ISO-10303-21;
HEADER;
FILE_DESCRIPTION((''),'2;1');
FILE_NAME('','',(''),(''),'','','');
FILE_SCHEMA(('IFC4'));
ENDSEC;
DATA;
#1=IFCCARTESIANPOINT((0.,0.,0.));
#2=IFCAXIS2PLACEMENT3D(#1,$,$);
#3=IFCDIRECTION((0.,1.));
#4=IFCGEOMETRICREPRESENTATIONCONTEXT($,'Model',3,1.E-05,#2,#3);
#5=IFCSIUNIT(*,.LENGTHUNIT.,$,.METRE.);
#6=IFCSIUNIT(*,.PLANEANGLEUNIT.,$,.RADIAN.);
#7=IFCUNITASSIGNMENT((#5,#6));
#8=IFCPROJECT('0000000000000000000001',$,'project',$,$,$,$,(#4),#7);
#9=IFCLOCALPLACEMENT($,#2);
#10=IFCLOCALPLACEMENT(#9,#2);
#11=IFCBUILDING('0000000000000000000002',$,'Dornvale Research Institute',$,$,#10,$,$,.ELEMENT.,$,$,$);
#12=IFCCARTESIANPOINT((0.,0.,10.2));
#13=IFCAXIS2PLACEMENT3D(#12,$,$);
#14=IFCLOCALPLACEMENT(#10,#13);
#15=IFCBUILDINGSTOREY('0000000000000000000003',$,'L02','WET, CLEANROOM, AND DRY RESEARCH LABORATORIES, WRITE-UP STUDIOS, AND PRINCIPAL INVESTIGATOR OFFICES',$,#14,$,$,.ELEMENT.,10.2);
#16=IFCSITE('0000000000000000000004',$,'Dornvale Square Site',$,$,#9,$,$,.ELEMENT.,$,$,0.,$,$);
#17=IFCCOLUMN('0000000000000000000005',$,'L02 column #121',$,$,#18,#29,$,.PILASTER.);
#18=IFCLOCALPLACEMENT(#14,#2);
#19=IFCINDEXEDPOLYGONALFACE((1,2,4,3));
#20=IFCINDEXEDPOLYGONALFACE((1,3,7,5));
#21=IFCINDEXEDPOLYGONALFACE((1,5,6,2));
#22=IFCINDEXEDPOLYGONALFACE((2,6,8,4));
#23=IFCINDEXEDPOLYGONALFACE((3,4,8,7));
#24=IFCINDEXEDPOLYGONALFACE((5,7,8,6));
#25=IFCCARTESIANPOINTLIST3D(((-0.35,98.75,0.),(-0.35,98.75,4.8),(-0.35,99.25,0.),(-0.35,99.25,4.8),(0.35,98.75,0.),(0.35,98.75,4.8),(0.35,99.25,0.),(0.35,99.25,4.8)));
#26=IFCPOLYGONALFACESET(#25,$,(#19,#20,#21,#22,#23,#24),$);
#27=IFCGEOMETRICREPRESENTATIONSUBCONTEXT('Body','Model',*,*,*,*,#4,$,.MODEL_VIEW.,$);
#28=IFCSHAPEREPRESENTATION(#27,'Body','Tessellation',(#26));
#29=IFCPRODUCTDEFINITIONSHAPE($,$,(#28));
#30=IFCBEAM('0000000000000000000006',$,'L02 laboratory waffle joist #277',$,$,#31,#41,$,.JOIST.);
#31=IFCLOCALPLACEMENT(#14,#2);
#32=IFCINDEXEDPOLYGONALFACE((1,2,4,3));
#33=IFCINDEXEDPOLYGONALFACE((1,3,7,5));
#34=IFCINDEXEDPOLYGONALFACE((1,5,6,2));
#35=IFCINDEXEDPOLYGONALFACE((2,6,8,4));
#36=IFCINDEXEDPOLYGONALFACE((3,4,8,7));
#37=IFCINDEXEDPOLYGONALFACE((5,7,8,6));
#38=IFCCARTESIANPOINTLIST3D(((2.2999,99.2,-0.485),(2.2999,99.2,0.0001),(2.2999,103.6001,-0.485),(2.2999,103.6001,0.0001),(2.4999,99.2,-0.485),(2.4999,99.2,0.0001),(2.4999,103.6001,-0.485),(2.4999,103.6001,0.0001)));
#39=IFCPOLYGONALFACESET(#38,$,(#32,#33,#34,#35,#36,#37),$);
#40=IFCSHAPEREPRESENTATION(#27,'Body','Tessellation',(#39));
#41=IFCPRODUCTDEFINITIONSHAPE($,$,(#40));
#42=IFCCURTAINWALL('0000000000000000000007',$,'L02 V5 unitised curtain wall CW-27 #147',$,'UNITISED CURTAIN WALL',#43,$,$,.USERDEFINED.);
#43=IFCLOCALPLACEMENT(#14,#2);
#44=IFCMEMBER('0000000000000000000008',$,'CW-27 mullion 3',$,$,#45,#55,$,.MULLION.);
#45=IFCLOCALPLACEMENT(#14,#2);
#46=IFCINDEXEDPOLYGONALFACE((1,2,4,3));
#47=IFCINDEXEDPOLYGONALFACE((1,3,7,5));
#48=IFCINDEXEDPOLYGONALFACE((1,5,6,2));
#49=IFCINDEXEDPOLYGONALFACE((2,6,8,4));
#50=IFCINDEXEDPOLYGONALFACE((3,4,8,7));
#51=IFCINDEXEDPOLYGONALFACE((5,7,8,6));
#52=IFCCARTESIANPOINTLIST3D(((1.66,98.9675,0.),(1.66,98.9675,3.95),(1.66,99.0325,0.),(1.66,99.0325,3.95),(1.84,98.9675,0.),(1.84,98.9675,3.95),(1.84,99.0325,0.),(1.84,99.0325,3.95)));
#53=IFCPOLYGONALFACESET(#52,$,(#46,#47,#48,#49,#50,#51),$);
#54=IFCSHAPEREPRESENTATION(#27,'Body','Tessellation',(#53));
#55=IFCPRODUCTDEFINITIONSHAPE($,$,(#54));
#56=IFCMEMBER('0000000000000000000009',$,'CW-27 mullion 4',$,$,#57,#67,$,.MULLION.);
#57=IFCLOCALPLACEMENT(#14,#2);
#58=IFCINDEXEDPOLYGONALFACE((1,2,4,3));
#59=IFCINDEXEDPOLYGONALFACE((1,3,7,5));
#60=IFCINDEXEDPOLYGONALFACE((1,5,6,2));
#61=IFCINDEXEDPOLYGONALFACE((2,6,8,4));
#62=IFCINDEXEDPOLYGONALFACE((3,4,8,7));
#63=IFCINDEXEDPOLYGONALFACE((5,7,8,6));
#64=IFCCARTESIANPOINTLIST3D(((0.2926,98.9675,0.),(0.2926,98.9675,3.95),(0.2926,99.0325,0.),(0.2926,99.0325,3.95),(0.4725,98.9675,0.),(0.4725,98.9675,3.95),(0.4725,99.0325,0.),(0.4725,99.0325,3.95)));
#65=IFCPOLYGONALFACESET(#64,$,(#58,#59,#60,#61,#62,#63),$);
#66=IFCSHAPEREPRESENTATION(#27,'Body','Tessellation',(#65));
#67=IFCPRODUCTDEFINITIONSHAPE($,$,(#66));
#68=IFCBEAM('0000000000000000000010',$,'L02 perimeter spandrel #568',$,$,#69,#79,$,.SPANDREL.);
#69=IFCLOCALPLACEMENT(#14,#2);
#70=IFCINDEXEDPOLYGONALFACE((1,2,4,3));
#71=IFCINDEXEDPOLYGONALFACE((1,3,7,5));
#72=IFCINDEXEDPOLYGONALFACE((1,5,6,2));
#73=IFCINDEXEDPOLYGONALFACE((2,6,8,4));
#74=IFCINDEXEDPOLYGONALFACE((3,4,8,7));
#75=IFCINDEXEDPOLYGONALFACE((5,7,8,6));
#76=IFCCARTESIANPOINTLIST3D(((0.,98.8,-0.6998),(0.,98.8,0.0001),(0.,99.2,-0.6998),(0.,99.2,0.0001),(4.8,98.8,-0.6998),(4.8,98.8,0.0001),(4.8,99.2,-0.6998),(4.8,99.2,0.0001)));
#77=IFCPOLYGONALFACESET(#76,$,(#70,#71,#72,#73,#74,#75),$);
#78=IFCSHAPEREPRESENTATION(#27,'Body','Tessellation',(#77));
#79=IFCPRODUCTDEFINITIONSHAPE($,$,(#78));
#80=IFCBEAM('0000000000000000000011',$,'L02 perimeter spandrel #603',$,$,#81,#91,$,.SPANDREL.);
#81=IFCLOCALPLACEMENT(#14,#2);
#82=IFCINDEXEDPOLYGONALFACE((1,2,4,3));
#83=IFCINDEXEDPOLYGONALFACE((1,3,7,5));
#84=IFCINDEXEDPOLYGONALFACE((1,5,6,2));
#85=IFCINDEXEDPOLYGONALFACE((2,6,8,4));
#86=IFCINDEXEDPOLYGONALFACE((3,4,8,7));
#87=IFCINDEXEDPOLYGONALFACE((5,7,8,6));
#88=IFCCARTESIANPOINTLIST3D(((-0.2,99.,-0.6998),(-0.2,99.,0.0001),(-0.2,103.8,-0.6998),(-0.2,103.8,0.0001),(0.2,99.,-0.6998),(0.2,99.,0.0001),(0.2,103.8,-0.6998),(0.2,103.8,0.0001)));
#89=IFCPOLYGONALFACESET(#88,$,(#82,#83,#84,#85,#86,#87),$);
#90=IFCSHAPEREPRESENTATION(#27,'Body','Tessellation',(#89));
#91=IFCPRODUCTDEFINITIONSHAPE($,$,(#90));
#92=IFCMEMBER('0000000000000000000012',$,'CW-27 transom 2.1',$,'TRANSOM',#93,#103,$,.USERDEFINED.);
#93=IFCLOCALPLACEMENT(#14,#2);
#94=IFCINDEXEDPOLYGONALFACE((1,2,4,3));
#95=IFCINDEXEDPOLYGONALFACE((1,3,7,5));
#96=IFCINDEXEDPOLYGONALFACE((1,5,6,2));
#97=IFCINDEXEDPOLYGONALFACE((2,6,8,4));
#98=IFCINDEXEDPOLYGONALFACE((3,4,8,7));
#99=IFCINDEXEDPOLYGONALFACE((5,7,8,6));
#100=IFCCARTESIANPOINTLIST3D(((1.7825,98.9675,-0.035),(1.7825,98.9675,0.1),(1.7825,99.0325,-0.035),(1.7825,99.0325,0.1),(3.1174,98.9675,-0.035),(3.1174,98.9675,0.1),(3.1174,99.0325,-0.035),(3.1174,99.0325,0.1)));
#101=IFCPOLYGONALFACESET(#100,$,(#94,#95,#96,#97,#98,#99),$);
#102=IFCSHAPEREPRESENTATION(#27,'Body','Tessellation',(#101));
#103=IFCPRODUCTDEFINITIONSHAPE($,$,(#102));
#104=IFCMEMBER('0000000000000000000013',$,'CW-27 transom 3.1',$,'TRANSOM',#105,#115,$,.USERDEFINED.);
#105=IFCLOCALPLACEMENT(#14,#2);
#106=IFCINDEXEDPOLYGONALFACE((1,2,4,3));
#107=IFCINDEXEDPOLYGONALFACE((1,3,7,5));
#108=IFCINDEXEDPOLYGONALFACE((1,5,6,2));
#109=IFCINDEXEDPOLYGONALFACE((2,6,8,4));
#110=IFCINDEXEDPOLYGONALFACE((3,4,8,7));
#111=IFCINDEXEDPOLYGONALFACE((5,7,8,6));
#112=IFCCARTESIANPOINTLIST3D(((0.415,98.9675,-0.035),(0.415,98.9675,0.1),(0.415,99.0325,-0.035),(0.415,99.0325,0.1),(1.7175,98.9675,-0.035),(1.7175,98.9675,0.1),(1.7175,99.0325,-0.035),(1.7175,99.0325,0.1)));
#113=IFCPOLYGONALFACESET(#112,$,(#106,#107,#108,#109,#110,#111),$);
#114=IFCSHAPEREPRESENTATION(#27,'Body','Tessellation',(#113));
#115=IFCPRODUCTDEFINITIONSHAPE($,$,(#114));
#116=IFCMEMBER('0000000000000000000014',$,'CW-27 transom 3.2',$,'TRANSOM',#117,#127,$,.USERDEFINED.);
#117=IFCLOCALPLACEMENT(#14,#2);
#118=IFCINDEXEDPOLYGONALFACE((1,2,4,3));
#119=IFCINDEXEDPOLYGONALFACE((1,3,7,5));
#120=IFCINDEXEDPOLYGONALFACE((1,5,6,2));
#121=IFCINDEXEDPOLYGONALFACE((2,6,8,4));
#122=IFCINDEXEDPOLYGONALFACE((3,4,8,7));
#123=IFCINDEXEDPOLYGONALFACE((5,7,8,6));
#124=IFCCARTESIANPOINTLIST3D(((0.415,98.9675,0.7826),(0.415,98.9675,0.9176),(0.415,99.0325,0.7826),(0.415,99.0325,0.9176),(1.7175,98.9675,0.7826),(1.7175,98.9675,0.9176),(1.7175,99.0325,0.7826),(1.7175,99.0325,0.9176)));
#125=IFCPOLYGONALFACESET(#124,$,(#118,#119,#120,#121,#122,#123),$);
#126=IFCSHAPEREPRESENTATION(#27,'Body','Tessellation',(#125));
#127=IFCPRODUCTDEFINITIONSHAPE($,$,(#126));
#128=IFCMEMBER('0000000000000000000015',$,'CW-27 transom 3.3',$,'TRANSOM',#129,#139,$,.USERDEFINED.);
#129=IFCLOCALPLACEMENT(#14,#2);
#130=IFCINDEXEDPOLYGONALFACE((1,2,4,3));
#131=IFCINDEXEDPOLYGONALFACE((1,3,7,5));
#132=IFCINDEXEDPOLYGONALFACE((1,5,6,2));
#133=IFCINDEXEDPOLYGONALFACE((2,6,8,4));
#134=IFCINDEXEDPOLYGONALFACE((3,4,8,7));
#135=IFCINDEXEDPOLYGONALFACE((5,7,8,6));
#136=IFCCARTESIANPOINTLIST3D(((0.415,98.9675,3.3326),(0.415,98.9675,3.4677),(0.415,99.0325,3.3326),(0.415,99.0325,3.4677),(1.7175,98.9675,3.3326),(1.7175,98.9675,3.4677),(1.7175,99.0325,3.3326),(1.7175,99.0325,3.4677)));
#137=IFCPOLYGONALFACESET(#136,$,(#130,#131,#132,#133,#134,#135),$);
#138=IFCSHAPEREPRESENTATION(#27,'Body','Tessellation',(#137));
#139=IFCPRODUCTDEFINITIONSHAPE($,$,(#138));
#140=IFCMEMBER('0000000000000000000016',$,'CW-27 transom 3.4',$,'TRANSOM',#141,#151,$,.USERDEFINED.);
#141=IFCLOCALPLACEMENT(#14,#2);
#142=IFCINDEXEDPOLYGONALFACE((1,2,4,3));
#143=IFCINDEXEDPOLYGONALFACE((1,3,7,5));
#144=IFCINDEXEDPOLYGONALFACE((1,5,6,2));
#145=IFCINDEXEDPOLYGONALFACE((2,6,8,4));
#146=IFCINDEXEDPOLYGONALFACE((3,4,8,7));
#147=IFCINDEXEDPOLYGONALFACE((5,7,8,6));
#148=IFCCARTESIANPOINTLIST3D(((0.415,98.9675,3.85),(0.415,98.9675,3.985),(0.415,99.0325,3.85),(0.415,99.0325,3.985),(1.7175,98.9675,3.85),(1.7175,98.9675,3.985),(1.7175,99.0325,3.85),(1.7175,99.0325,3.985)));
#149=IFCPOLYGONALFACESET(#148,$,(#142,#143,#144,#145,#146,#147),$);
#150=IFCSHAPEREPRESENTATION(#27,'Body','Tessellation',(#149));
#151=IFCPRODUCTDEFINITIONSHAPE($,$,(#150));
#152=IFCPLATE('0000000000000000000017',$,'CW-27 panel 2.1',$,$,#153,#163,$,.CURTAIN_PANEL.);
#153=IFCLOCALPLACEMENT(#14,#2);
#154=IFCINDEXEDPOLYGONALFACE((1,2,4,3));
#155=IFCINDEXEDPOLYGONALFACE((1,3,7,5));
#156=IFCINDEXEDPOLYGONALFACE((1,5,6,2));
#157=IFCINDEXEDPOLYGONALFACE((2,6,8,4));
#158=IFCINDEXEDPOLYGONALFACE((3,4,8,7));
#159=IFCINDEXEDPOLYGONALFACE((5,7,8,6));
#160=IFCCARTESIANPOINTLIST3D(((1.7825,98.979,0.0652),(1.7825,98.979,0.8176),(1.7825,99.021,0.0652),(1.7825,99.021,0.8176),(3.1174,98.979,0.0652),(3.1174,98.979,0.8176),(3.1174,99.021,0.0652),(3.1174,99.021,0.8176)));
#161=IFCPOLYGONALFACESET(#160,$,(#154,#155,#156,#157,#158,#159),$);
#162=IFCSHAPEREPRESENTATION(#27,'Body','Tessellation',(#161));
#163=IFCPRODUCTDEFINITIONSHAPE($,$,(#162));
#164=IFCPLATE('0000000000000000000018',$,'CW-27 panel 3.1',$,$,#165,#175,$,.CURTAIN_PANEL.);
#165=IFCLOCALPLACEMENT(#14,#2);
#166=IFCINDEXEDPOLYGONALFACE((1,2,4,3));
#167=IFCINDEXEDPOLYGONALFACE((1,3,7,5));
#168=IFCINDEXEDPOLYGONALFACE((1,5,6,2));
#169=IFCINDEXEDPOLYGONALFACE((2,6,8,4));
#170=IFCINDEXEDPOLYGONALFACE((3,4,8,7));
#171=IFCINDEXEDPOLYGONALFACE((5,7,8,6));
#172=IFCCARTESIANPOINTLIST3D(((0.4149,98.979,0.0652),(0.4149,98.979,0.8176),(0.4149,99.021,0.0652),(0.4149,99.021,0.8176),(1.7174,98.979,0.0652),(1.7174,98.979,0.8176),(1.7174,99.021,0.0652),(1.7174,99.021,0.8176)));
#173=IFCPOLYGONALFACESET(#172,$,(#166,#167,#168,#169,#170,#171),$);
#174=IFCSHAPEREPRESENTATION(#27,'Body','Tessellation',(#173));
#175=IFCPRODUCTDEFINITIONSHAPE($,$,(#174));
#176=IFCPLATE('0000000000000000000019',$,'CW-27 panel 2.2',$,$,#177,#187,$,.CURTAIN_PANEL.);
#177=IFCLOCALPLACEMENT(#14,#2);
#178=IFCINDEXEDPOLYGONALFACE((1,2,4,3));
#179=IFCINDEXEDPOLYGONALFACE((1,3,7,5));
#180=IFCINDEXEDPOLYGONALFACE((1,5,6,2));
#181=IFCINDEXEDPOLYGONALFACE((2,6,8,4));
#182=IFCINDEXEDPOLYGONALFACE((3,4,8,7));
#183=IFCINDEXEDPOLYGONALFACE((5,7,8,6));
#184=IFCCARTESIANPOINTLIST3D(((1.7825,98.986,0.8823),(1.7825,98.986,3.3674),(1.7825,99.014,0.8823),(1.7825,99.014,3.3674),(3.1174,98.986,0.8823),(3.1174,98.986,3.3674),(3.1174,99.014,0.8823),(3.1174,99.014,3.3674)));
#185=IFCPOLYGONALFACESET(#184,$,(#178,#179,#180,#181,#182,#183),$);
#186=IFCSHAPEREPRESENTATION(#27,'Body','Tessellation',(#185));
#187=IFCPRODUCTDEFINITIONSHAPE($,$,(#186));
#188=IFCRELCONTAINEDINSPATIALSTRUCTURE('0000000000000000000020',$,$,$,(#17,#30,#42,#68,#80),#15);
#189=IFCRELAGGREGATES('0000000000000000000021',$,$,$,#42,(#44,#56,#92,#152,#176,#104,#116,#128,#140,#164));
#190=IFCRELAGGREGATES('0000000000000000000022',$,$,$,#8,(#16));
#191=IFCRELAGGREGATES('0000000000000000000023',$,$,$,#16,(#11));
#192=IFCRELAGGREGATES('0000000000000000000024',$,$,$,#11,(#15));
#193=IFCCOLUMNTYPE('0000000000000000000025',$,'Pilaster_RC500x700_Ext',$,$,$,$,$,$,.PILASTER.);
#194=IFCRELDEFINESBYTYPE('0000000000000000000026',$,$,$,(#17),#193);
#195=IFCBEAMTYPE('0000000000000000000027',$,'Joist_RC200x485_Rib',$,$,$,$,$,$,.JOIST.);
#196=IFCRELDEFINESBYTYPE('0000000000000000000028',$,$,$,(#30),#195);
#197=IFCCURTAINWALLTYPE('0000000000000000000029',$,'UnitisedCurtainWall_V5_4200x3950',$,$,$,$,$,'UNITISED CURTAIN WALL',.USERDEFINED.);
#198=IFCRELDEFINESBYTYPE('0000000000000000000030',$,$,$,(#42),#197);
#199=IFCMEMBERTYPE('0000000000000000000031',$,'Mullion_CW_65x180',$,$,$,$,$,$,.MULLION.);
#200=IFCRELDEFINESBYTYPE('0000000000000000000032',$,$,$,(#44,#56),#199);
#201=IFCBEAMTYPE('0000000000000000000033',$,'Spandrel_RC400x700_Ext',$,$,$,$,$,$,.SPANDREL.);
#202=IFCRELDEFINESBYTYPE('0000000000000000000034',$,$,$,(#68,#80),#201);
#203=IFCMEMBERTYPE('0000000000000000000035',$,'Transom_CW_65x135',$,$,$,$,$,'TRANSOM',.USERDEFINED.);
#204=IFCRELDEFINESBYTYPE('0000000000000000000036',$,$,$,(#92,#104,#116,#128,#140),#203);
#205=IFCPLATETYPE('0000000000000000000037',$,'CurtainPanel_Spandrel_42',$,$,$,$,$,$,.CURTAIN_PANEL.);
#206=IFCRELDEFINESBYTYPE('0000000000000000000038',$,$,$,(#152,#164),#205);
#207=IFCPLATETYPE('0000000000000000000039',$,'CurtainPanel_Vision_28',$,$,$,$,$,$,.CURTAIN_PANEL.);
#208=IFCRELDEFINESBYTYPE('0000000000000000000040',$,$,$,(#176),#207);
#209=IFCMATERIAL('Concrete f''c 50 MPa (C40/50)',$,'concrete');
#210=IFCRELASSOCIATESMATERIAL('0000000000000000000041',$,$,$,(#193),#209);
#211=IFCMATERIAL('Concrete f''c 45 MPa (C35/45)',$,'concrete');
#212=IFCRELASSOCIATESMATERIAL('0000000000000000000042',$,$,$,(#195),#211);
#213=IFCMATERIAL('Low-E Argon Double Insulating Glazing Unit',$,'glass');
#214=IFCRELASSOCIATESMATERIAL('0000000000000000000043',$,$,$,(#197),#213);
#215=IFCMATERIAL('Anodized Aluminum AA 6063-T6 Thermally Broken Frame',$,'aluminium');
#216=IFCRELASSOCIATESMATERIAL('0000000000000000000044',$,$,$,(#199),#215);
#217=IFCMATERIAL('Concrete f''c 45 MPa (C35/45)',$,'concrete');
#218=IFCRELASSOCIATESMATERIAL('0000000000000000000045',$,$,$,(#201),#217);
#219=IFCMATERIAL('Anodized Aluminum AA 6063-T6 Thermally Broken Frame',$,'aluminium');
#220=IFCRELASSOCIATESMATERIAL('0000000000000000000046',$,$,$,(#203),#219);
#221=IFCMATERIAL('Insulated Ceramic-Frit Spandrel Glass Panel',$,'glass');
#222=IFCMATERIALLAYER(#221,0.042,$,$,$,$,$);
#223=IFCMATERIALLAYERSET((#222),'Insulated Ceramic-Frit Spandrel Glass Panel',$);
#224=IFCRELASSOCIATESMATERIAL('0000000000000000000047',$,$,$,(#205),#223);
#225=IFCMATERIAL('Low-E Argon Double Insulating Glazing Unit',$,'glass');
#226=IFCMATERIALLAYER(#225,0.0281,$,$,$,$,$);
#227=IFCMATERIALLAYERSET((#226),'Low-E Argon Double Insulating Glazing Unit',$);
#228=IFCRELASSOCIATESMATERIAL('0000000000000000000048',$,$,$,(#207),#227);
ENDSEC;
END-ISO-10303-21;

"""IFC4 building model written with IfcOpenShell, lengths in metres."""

from ifc_helpers import new_model, si_unit, direction, frame, origin, origin_2d, place, context, subcontext, project, spatial, rectangle, extrude, material, layer, layer_set, material_profile, profile_set, type_object, element, aggregate, save


model = new_model("IFC4")

# Units and contexts
model_context = context("Model", 3, precision=1e-05, world=origin(), true_north=direction((0.0, 1.0)))
body_context = subcontext(model_context, "Body", "Model", "MODEL_VIEW")
ifc_project = project(units=[si_unit("LENGTHUNIT", "METRE"), si_unit("PLANEANGLEUNIT", "RADIAN")], contexts=[model_context])

# Site, building, storey
site_placement = place(None, origin())
site = spatial("IfcSite", under=ifc_project, at=site_placement, Name="Dornvale Square Site", CompositionType="ELEMENT", RefElevation=0.0)
building_placement = place(site_placement, origin())
building = spatial("IfcBuilding", under=site, at=building_placement, Name="Dornvale Research Institute", CompositionType="ELEMENT")
storey_placement = place(building_placement, frame((0.0, 0.0, 10.2)))
storey = spatial("IfcBuildingStorey", under=building, at=storey_placement, Name="L02", Description="WET, CLEANROOM, AND DRY RESEARCH LABORATORIES, WRITE-UP STUDIOS, AND PRINCIPAL INVESTIGATOR OFFICES", CompositionType="ELEMENT", Elevation=10.2)

# Column
ifc_material_1 = material(Name="Concrete f'c 50 MPa (C40/50)", Category="concrete")
ifc_material_profile_1 = material_profile(ifc_material_1, rectangle(XDim=0.5, YDim=0.7, at=origin_2d()), Name="RC 500x700")
ifc_profile_set_1 = profile_set([ifc_material_profile_1], Name="Concrete f'c 50 MPa (C40/50)")
column_type = type_object("IfcColumnType", Name="Pilaster_RC500x700_Ext", PredefinedType="PILASTER", material=ifc_profile_set_1)
column_placement = place(storey_placement, frame((0.0, 99.0, 0.0), z_axis=(0.0, 0.0, 1.0), x_axis=(0.0, 1.0, 0.0)))
element("IfcColumn", 1, at=column_placement, inside=storey, type_object=column_type, Name="L02 column #121", PredefinedType="PILASTER", context=body_context, shape_type="SweptSolid", body=[
    extrude(rectangle(XDim=0.5, YDim=0.7, at=origin_2d()), origin(), (0.0, 0.0, 1.0), 4.8),
])

# Beam
ifc_material_2 = material(Name="Concrete f'c 45 MPa (C35/45)", Category="concrete")
ifc_material_profile_2 = material_profile(ifc_material_2, rectangle(XDim=0.2, YDim=0.4851, at=origin_2d()), Name="RC 200x485")
ifc_profile_set_2 = profile_set([ifc_material_profile_2], Name="Concrete f'c 45 MPa (C35/45)")
beam_type_1 = type_object("IfcBeamType", Name="Joist_RC200x485_Rib", PredefinedType="JOIST", material=ifc_profile_set_2)
beam_placement = place(storey_placement, frame((2.3999, 99.2, -0.2424), z_axis=(0.0, 1.0, 0.0), x_axis=(-1.0, 0.0, 0.0)))
element("IfcBeam", 2, at=beam_placement, inside=storey, type_object=beam_type_1, Name="L02 laboratory waffle joist #277", PredefinedType="JOIST", context=body_context, shape_type="SweptSolid", body=[
    extrude(rectangle(XDim=0.2, YDim=0.4851, at=origin_2d()), origin(), (0.0, 0.0, 1.0), 4.4001),
])

# Curtain wall, members
ifc_material_3 = material(Name="Low-E Argon Double Insulating Glazing Unit", Category="glass")
curtain_wall_type = type_object("IfcCurtainWallType", Name="UnitisedCurtainWall_V5_4200x3950", ElementType="UNITISED CURTAIN WALL", PredefinedType="USERDEFINED", material=ifc_material_3)
curtain_wall_placement = place(storey_placement, origin())
curtain_wall = element("IfcCurtainWall", 3, at=curtain_wall_placement, inside=storey, type_object=curtain_wall_type, Name="L02 V5 unitised curtain wall CW-27 #147", ObjectType="UNITISED CURTAIN WALL", PredefinedType="USERDEFINED")
ifc_material_4 = material(Name="Anodized Aluminum AA 6063-T6 Thermally Broken Frame", Category="aluminium")
ifc_material_profile_3 = material_profile(ifc_material_4, rectangle(XDim=0.0649, YDim=0.1799, at=origin_2d()), Name="ALU MULLION 65x180")
ifc_profile_set_3 = profile_set([ifc_material_profile_3], Name="Anodized Aluminum AA 6063-T6 Thermally Broken Frame")
member_type_1 = type_object("IfcMemberType", Name="Mullion_CW_65x180", PredefinedType="MULLION", material=ifc_profile_set_3)
member_1_placement = place(storey_placement, frame((1.75, 99.0, 0.0), z_axis=(0.0, 0.0, 1.0), x_axis=(0.0, -1.0, 0.0)))
member_1 = element("IfcMember", 4, at=member_1_placement, type_object=member_type_1, Name="CW-27 mullion 3", PredefinedType="MULLION", context=body_context, shape_type="SweptSolid", body=[
    extrude(rectangle(XDim=0.0649, YDim=0.1799, at=origin_2d()), origin(), (0.0, 0.0, 1.0), 3.95),
])
member_2_placement = place(storey_placement, frame((0.3826, 99.0, 0.0), z_axis=(0.0, 0.0, 1.0), x_axis=(0.0, -1.0, 0.0)))
member_2 = element("IfcMember", 5, at=member_2_placement, type_object=member_type_1, Name="CW-27 mullion 4", PredefinedType="MULLION", context=body_context, shape_type="SweptSolid", body=[
    extrude(rectangle(XDim=0.0649, YDim=0.1799, at=origin_2d()), origin(), (0.0, 0.0, 1.0), 3.95),
])

# Beams
ifc_material_5 = material(Name="Concrete f'c 45 MPa (C35/45)", Category="concrete")
ifc_material_profile_4 = material_profile(ifc_material_5, rectangle(XDim=0.3999, YDim=0.7, at=origin_2d()), Name="RC 400x700")
ifc_profile_set_4 = profile_set([ifc_material_profile_4], Name="Concrete f'c 45 MPa (C35/45)")
beam_type_2 = type_object("IfcBeamType", Name="Spandrel_RC400x700_Ext", PredefinedType="SPANDREL", material=ifc_profile_set_4)
for number, where, z_axis, x_axis, name in (
    (6, (0.0, 99.0, -0.3499), (1.0, 0.0, 0.0), (0.0, 1.0, 0.0), "L02 perimeter spandrel #568"),
    (7, (0.0, 99.0, -0.3499), (0.0, 1.0, 0.0), (-1.0, 0.0, 0.0), "L02 perimeter spandrel #603"),
):
    element("IfcBeam", number, at=place(storey_placement, frame(where, z_axis=z_axis, x_axis=x_axis)), inside=storey, type_object=beam_type_2, Name=name, PredefinedType="SPANDREL", context=body_context, shape_type="SweptSolid", body=[
        extrude(rectangle(XDim=0.3999, YDim=0.7, at=origin_2d()), origin(), (0.0, 0.0, 1.0), 4.8),
    ])

# Members
ifc_material_6 = material(Name="Anodized Aluminum AA 6063-T6 Thermally Broken Frame", Category="aluminium")
ifc_material_profile_5 = material_profile(ifc_material_6, rectangle(XDim=0.0649, YDim=0.135, at=origin_2d()), Name="ALU TRANSOM 65x135")
ifc_profile_set_5 = profile_set([ifc_material_profile_5], Name="Anodized Aluminum AA 6063-T6 Thermally Broken Frame")
member_type_2 = type_object("IfcMemberType", Name="Transom_CW_65x135", ElementType="TRANSOM", PredefinedType="USERDEFINED", material=ifc_profile_set_5)
member_3_placement = place(storey_placement, frame((3.1174, 99.0, 0.0325), z_axis=(-1.0, 0.0, 0.0), x_axis=(0.0, -1.0, 0.0)))
member_3 = element("IfcMember", 8, at=member_3_placement, type_object=member_type_2, Name="CW-27 transom 2.1", ObjectType="TRANSOM", PredefinedType="USERDEFINED", context=body_context, shape_type="SweptSolid", body=[
    extrude(rectangle(XDim=0.0649, YDim=0.135, at=origin_2d()), origin(), (0.0, 0.0, 1.0), 1.335),
])
member_4_placement = place(storey_placement, frame((1.7175, 99.0, 0.0325), z_axis=(-1.0, 0.0, 0.0), x_axis=(0.0, -1.0, 0.0)))
member_4 = element("IfcMember", 9, at=member_4_placement, type_object=member_type_2, Name="CW-27 transom 3.1", ObjectType="TRANSOM", PredefinedType="USERDEFINED", context=body_context, shape_type="SweptSolid", body=[
    extrude(rectangle(XDim=0.0649, YDim=0.135, at=origin_2d()), origin(), (0.0, 0.0, 1.0), 1.3025),
])
member_5_placement = place(storey_placement, frame((1.7175, 99.0, 0.8501), z_axis=(-1.0, 0.0, 0.0), x_axis=(0.0, -1.0, 0.0)))
member_5 = element("IfcMember", 10, at=member_5_placement, type_object=member_type_2, Name="CW-27 transom 3.2", ObjectType="TRANSOM", PredefinedType="USERDEFINED", context=body_context, shape_type="SweptSolid", body=[
    extrude(rectangle(XDim=0.0649, YDim=0.135, at=origin_2d()), origin(), (0.0, 0.0, 1.0), 1.3025),
])
member_6_placement = place(storey_placement, frame((1.7175, 99.0, 3.4001), z_axis=(-1.0, 0.0, 0.0), x_axis=(0.0, -1.0, 0.0)))
member_6 = element("IfcMember", 11, at=member_6_placement, type_object=member_type_2, Name="CW-27 transom 3.3", ObjectType="TRANSOM", PredefinedType="USERDEFINED", context=body_context, shape_type="SweptSolid", body=[
    extrude(rectangle(XDim=0.0649, YDim=0.135, at=origin_2d()), origin(), (0.0, 0.0, 1.0), 1.3025),
])
member_7_placement = place(storey_placement, frame((1.7175, 99.0, 3.9175), z_axis=(-1.0, 0.0, 0.0), x_axis=(0.0, -1.0, 0.0)))
member_7 = element("IfcMember", 12, at=member_7_placement, type_object=member_type_2, Name="CW-27 transom 3.4", ObjectType="TRANSOM", PredefinedType="USERDEFINED", context=body_context, shape_type="SweptSolid", body=[
    extrude(rectangle(XDim=0.0649, YDim=0.135, at=origin_2d()), origin(), (0.0, 0.0, 1.0), 1.3025),
])

# Plates
ifc_material_7 = material(Name="Insulated Ceramic-Frit Spandrel Glass Panel", Category="glass")
ifc_layer_1 = layer(ifc_material_7, 0.042)
ifc_layer_set_1 = layer_set([ifc_layer_1], Name="Insulated Ceramic-Frit Spandrel Glass Panel")
plate_type_1 = type_object("IfcPlateType", Name="CurtainPanel_Spandrel_42", PredefinedType="CURTAIN_PANEL", material=ifc_layer_set_1)
plate_1_placement = place(storey_placement, frame((2.45, 99.0, 0.0652), z_axis=(0.0, 0.0, 1.0), x_axis=(-1.0, 0.0, 0.0)))
plate_1 = element("IfcPlate", 13, at=plate_1_placement, type_object=plate_type_1, Name="CW-27 panel 2.1", PredefinedType="CURTAIN_PANEL", context=body_context, shape_type="SweptSolid", body=[
    extrude(rectangle(XDim=1.335, YDim=0.042, at=origin_2d()), origin(), (0.0, 0.0, 1.0), 0.7524),
])
plate_2_placement = place(storey_placement, frame((1.0662, 99.0, 0.0652), z_axis=(0.0, 0.0, 1.0), x_axis=(-1.0, 0.0, 0.0)))
plate_2 = element("IfcPlate", 14, at=plate_2_placement, type_object=plate_type_1, Name="CW-27 panel 3.1", PredefinedType="CURTAIN_PANEL", context=body_context, shape_type="SweptSolid", body=[
    extrude(rectangle(XDim=1.3025, YDim=0.042, at=origin_2d()), origin(), (0.0, 0.0, 1.0), 0.7524),
])
ifc_material_8 = material(Name="Low-E Argon Double Insulating Glazing Unit", Category="glass")
ifc_layer_2 = layer(ifc_material_8, 0.0281)
ifc_layer_set_2 = layer_set([ifc_layer_2], Name="Low-E Argon Double Insulating Glazing Unit")
plate_type_2 = type_object("IfcPlateType", Name="CurtainPanel_Vision_28", PredefinedType="CURTAIN_PANEL", material=ifc_layer_set_2)
plate_3_placement = place(storey_placement, frame((2.45, 99.0, 0.8823), z_axis=(0.0, 0.0, 1.0), x_axis=(-1.0, 0.0, 0.0)))
plate_3 = element("IfcPlate", 15, at=plate_3_placement, type_object=plate_type_2, Name="CW-27 panel 2.2", PredefinedType="CURTAIN_PANEL", context=body_context, shape_type="SweptSolid", body=[
    extrude(rectangle(XDim=1.335, YDim=0.0281, at=origin_2d()), origin(), (0.0, 0.0, 1.0), 2.4851),
])
aggregate(curtain_wall, [member_1, member_2, member_3, plate_1, plate_3, member_4, member_5, member_6, member_7, plate_2])

save(model, "model.ifc")
